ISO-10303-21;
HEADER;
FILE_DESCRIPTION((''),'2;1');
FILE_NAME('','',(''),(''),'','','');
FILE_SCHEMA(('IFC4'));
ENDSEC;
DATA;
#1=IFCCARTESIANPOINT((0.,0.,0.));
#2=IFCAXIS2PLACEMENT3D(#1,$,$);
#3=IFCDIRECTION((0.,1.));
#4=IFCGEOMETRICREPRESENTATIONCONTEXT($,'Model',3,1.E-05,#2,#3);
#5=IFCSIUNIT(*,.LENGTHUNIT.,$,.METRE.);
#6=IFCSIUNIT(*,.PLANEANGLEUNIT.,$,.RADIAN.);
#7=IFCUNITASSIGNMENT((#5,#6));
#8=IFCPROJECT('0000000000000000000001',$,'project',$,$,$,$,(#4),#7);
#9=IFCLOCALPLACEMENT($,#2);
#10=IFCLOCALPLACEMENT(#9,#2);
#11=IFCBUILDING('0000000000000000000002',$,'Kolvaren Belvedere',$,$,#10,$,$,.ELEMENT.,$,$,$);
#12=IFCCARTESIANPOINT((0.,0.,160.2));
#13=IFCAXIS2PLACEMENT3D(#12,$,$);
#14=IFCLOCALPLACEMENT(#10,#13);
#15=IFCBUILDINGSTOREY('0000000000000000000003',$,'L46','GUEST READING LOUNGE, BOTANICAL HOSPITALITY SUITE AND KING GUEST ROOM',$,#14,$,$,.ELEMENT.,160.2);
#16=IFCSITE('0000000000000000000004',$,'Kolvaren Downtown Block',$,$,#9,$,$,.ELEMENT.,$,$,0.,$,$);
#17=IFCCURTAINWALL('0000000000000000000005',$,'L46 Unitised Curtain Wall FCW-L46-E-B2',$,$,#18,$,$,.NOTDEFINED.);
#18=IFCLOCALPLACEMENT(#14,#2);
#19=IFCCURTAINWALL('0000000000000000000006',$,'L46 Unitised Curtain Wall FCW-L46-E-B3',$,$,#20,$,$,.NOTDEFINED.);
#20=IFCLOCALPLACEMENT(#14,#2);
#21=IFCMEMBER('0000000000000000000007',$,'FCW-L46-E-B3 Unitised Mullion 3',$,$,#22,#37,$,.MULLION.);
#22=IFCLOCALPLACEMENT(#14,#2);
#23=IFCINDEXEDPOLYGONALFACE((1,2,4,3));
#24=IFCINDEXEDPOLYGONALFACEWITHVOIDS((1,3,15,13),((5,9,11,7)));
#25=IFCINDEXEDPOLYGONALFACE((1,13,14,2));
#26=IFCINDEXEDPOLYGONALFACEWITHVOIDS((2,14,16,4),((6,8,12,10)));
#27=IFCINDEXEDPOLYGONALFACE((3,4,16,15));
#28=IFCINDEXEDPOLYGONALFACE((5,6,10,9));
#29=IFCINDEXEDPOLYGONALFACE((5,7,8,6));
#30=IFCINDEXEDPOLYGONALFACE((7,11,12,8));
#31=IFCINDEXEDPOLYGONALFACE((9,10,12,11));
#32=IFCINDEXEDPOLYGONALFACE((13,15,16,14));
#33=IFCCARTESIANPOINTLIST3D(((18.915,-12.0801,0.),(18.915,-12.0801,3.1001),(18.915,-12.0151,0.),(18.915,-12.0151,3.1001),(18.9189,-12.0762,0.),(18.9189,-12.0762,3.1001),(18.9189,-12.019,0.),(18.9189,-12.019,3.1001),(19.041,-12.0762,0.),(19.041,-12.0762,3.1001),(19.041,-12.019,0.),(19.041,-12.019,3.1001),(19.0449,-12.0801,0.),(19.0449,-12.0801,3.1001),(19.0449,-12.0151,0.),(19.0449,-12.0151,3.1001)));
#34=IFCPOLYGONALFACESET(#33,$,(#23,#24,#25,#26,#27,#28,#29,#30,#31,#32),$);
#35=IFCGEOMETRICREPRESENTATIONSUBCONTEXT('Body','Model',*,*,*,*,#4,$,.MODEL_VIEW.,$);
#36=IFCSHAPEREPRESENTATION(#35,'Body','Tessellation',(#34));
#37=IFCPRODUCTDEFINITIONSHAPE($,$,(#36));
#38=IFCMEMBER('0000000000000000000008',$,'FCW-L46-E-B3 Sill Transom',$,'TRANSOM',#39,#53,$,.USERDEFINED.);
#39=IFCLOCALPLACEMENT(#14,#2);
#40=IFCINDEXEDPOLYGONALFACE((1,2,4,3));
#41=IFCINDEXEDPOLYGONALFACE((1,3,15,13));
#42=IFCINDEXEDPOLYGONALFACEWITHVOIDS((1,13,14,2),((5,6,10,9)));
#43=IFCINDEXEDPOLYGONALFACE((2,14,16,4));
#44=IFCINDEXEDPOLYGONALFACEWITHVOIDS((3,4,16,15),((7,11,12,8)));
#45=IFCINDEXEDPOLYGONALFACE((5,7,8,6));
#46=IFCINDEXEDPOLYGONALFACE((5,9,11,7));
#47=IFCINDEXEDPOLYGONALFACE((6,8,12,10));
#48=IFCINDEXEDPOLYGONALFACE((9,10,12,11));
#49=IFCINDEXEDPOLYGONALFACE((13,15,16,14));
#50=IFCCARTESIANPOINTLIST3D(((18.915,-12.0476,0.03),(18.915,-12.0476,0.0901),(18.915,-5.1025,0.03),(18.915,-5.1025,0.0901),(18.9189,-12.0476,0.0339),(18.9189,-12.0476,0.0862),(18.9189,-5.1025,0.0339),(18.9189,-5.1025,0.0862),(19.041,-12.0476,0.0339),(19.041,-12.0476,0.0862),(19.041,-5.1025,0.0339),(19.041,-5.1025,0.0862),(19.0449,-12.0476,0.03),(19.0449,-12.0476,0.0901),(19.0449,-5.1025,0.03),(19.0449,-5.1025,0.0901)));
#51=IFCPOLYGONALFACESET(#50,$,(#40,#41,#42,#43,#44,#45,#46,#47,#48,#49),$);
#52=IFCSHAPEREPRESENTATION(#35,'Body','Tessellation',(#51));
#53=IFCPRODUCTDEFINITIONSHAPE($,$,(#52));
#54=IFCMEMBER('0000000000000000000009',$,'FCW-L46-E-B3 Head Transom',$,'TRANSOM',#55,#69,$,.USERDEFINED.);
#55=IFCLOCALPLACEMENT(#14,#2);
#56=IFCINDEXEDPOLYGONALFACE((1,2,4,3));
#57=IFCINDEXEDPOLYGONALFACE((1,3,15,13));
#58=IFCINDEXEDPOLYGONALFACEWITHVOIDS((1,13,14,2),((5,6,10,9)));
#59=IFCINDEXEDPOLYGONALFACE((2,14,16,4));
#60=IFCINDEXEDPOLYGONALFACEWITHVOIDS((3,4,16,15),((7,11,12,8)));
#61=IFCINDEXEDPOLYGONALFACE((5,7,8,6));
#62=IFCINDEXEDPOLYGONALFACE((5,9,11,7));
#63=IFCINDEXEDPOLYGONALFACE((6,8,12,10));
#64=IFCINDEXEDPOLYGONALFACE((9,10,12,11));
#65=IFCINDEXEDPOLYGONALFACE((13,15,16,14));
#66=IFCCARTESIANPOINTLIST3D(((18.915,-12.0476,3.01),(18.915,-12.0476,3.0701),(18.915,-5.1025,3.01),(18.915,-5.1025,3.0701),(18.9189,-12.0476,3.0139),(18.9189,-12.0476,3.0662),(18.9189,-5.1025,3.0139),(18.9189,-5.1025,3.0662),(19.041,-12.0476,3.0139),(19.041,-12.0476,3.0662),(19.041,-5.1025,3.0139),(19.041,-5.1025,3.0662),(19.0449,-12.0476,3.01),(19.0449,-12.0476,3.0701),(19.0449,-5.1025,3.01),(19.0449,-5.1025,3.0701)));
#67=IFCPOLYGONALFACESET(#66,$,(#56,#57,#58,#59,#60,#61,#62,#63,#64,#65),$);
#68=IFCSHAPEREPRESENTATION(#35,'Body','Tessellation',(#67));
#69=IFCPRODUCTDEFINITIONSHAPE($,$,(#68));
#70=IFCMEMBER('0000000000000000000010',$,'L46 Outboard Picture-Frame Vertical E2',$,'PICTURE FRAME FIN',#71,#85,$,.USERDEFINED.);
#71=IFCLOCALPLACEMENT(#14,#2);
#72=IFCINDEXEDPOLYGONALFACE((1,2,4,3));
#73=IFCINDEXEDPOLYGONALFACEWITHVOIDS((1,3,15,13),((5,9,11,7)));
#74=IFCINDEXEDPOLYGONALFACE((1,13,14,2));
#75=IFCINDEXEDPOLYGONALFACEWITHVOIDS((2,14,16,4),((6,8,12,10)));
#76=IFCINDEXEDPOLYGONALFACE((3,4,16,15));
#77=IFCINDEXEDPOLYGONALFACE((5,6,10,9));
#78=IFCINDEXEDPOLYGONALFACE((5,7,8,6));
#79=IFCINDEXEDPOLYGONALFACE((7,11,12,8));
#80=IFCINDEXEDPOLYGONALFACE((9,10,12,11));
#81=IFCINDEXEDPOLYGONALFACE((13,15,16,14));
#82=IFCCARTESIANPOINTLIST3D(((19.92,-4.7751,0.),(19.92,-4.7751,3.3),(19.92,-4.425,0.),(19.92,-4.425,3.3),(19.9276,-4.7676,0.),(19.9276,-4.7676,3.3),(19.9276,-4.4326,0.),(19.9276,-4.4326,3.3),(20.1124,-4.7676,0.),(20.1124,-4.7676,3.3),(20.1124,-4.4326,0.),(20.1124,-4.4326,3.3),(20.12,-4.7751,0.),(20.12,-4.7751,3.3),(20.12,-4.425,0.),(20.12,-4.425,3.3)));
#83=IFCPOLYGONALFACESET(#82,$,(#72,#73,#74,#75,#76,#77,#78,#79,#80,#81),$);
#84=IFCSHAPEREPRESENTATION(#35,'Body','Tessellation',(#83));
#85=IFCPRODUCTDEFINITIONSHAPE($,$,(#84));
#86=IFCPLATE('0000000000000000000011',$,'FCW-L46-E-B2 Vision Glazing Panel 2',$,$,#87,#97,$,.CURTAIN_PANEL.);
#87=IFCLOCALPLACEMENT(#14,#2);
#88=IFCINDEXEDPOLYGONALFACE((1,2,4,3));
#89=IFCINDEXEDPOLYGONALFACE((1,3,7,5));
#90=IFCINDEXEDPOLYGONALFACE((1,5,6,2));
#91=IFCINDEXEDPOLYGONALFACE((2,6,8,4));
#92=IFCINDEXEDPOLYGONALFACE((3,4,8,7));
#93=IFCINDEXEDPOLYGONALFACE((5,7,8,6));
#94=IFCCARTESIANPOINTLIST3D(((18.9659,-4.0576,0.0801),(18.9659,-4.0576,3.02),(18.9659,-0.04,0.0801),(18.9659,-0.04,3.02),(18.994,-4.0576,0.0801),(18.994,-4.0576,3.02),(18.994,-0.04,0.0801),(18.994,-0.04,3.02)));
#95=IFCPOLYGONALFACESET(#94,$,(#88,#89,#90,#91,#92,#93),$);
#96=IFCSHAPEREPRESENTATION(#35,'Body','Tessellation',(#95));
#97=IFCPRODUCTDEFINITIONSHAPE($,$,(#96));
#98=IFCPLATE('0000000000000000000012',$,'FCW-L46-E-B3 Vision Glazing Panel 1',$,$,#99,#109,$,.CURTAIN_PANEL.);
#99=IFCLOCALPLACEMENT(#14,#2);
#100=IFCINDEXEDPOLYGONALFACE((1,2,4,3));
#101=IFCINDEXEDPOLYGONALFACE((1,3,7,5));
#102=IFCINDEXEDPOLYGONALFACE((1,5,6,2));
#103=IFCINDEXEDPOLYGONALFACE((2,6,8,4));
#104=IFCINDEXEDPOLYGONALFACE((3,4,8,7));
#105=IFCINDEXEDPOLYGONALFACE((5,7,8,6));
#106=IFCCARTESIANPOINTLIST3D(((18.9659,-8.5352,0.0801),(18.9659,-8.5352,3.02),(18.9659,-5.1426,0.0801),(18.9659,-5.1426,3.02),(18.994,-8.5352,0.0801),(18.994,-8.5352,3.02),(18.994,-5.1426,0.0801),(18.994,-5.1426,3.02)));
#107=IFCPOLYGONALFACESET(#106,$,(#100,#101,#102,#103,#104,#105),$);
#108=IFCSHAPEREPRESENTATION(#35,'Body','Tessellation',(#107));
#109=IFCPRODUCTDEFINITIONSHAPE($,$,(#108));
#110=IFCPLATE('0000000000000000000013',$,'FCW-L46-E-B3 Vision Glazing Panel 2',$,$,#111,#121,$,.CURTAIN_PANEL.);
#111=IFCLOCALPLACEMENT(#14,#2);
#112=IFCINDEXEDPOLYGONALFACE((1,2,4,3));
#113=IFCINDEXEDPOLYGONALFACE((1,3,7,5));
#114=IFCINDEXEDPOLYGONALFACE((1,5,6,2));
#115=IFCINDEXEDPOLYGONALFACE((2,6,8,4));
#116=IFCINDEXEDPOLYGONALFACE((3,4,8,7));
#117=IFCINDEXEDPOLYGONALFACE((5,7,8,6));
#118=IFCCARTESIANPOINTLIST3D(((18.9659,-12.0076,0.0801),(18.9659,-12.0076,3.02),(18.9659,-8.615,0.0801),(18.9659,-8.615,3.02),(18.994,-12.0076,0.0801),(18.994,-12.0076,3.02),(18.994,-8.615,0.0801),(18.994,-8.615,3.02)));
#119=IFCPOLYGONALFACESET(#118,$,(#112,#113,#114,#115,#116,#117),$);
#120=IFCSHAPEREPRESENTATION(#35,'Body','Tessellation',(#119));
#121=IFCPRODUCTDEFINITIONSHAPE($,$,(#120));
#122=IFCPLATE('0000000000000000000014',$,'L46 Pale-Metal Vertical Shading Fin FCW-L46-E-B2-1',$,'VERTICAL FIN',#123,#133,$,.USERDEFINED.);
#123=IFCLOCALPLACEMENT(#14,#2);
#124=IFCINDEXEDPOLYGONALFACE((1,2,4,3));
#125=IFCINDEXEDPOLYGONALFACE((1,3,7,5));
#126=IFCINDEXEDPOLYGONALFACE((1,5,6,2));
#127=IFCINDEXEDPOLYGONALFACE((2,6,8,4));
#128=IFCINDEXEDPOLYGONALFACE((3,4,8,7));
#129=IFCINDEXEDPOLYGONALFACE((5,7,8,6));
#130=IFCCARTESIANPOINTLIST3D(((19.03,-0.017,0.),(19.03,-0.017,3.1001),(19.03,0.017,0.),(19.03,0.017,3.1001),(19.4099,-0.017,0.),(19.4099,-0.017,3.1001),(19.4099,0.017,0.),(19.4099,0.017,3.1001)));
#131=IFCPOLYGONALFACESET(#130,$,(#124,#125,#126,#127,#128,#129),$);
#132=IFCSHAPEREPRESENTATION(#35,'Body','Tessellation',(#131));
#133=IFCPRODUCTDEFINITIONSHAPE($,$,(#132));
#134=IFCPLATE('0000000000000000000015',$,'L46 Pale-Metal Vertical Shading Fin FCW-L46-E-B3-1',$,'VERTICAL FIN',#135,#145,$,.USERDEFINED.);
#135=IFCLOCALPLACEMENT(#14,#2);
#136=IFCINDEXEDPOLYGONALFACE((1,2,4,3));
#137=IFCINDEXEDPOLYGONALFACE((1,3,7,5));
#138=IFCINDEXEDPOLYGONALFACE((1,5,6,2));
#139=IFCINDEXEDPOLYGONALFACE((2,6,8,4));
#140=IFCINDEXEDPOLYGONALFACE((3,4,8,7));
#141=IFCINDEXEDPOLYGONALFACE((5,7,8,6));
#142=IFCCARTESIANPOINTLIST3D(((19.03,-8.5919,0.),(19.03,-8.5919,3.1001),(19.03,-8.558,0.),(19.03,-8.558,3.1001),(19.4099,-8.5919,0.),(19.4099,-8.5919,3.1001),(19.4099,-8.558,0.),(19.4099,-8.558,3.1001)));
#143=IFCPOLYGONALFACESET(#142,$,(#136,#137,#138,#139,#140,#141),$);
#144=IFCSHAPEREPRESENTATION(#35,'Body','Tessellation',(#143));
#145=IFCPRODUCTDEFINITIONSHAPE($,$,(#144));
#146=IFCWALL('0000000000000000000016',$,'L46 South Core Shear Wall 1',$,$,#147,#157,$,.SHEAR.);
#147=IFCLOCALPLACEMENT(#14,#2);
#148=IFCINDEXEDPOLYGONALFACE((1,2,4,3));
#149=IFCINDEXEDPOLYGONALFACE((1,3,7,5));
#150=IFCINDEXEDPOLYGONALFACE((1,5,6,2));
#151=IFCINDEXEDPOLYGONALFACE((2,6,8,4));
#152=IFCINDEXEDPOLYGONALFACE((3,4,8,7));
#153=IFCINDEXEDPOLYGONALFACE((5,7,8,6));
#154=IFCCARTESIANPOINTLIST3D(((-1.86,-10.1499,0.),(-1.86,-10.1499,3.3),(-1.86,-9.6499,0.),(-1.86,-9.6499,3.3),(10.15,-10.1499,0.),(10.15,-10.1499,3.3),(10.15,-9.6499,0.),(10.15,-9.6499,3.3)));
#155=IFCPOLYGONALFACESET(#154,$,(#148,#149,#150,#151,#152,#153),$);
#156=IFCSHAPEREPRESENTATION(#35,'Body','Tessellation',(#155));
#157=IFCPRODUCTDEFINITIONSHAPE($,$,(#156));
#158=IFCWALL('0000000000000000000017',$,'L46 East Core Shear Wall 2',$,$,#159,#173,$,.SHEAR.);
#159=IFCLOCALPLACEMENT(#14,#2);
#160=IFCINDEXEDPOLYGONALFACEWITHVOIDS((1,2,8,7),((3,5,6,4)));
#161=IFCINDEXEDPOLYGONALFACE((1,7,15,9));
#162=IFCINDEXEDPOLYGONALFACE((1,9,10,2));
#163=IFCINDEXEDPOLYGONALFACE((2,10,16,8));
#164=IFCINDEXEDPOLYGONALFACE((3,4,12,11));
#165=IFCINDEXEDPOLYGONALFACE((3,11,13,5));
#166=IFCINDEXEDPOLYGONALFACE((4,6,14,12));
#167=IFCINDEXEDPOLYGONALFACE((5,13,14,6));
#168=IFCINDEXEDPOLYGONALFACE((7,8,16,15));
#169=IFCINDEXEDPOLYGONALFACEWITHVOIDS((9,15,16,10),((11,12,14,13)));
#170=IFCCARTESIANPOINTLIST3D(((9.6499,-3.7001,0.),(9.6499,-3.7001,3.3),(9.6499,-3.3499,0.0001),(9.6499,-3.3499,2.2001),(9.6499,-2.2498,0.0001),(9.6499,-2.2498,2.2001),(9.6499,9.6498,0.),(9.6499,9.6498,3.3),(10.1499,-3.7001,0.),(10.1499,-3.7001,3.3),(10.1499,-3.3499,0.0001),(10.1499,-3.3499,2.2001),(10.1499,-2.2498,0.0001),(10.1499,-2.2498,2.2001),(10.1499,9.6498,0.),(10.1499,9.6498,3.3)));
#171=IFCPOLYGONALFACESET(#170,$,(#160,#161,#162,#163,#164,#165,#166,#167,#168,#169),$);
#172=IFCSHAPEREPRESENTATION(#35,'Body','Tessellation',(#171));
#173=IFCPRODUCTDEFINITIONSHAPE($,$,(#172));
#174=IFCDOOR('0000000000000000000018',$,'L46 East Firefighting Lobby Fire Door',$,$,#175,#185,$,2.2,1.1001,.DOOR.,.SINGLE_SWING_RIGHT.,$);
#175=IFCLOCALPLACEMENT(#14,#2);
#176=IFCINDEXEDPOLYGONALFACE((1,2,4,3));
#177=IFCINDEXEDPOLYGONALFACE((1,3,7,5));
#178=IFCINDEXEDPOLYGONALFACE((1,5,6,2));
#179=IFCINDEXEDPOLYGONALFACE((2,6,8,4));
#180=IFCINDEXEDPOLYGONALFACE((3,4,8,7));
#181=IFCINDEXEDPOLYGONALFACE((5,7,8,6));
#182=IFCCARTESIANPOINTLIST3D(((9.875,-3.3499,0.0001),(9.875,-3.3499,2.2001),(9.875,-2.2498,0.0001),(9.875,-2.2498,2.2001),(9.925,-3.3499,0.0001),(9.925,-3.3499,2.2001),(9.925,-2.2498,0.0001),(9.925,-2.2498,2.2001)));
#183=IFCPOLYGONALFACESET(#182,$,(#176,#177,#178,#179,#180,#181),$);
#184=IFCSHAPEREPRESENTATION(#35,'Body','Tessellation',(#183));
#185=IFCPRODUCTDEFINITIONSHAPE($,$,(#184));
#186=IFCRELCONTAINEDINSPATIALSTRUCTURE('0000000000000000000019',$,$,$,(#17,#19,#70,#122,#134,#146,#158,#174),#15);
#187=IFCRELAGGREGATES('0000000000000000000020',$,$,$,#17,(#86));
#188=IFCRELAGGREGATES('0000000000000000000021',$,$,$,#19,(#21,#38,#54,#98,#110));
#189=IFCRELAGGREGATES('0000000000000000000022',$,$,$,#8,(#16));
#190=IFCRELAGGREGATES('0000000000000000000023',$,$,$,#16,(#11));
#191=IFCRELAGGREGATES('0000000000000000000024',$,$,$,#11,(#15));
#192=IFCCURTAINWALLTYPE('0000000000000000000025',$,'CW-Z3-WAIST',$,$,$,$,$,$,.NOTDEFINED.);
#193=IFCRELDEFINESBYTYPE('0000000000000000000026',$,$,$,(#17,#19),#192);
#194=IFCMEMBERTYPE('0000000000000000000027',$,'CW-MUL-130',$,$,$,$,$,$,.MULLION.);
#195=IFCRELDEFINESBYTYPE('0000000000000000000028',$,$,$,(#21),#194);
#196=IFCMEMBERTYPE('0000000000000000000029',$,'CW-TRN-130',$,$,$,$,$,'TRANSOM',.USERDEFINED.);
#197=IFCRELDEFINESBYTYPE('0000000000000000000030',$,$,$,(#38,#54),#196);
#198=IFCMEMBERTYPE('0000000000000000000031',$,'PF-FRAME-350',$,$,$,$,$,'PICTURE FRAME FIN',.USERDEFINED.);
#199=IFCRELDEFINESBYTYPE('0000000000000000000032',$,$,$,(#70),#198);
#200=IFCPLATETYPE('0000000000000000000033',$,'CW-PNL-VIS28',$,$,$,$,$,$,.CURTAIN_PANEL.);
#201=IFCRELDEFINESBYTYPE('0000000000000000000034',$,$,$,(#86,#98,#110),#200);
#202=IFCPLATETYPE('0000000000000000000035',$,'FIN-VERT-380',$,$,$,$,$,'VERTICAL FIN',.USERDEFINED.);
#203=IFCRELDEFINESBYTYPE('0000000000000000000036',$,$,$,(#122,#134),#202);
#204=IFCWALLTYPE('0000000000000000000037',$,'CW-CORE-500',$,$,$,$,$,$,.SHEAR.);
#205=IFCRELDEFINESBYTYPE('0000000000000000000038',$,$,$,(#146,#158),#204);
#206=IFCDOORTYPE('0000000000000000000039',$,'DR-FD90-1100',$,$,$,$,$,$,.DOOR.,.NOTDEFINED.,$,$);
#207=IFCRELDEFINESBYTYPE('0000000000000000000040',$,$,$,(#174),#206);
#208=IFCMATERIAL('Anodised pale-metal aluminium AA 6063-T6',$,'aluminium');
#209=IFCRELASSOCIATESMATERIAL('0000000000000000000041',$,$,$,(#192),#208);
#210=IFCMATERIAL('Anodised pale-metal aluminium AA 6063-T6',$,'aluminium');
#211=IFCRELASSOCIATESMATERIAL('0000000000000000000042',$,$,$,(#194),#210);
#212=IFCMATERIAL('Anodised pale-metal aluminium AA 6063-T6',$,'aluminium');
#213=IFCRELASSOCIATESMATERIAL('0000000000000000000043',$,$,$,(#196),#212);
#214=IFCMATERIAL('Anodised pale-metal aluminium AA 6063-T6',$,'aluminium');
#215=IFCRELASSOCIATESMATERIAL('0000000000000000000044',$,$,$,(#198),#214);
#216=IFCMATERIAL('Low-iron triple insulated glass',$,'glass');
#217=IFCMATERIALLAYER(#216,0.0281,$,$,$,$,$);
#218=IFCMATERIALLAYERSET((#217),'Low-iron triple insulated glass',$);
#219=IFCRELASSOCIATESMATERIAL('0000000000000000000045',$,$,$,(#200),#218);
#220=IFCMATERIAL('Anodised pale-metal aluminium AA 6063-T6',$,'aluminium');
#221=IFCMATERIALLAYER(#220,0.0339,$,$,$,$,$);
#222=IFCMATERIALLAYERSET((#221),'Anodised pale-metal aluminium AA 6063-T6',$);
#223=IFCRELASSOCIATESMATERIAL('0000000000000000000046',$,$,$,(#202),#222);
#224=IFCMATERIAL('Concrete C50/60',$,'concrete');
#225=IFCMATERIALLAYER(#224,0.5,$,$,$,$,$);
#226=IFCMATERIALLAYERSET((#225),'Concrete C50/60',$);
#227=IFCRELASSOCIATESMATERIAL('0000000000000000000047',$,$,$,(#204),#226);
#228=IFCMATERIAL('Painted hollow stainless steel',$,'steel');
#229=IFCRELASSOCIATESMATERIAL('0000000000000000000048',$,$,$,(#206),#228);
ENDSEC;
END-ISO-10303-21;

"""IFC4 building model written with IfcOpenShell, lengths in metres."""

from ifc_helpers import new_model, si_unit, direction, frame, frame_2d, origin, origin_2d, place, context, subcontext, project, spatial, rectangle, hollow_rectangle, extrude, material, layer, layer_set, material_profile, profile_set, type_object, element, fill, aggregate, save


model = new_model("IFC4")

# Units and contexts
model_context = context("Model", 3, precision=1e-05, world=origin(), true_north=direction((0.0, 1.0)))
body_context = subcontext(model_context, "Body", "Model", "MODEL_VIEW")
ifc_project = project(units=[si_unit("LENGTHUNIT", "METRE"), si_unit("PLANEANGLEUNIT", "RADIAN")], contexts=[model_context])

# Site, building, storey
site_placement = place(None, origin())
site = spatial("IfcSite", under=ifc_project, at=site_placement, Name="Kolvaren Downtown Block", CompositionType="ELEMENT", RefElevation=0.0)
building_placement = place(site_placement, origin())
building = spatial("IfcBuilding", under=site, at=building_placement, Name="Kolvaren Belvedere", CompositionType="ELEMENT")
storey_placement = place(building_placement, frame((0.0, 0.0, 160.2)))
storey = spatial("IfcBuildingStorey", under=building, at=storey_placement, Name="L46", Description="GUEST READING LOUNGE, BOTANICAL HOSPITALITY SUITE AND KING GUEST ROOM", CompositionType="ELEMENT", Elevation=160.2)

# Curtain walls, members
ifc_material_1 = material(Name="Anodised pale-metal aluminium AA 6063-T6", Category="aluminium")
curtain_wall_type = type_object("IfcCurtainWallType", Name="CW-Z3-WAIST", PredefinedType="NOTDEFINED", material=ifc_material_1)
curtain_wall_1_placement = place(storey_placement, origin())
curtain_wall_1 = element("IfcCurtainWall", 1, at=curtain_wall_1_placement, inside=storey, type_object=curtain_wall_type, Name="L46 Unitised Curtain Wall FCW-L46-E-B2", PredefinedType="NOTDEFINED")
ifc_material_2 = material(Name="Anodised pale-metal aluminium AA 6063-T6", Category="aluminium")
ifc_material_profile_1 = material_profile(ifc_material_2, hollow_rectangle(XDim=0.0649, YDim=0.1299, WallThickness=0.0039, at=origin_2d()), Name="ALU-MUL-130X65")
ifc_profile_set_1 = profile_set([ifc_material_profile_1], Name="Anodised pale-metal aluminium AA 6063-T6")
member_type_1 = type_object("IfcMemberType", Name="CW-MUL-130", PredefinedType="MULLION", material=ifc_profile_set_1)
curtain_wall_2_placement = place(storey_placement, origin())
curtain_wall_2 = element("IfcCurtainWall", 2, at=curtain_wall_2_placement, inside=storey, type_object=curtain_wall_type, Name="L46 Unitised Curtain Wall FCW-L46-E-B3", PredefinedType="NOTDEFINED")
member_1_placement = place(storey_placement, frame((18.98, -12.0476, 0.0), z_axis=(0.0, 0.0, 1.0), x_axis=(0.0, 1.0, 0.0)))
member_1 = element("IfcMember", 3, at=member_1_placement, type_object=member_type_1, Name="FCW-L46-E-B3 Unitised Mullion 3", PredefinedType="MULLION", context=body_context, shape_type="SweptSolid", body=[
    extrude(hollow_rectangle(XDim=0.0649, YDim=0.1299, WallThickness=0.0039, at=origin_2d()), origin(), (0.0, 0.0, 1.0), 3.1001),
])
ifc_material_3 = material(Name="Anodised pale-metal aluminium AA 6063-T6", Category="aluminium")
ifc_material_profile_2 = material_profile(ifc_material_3, hollow_rectangle(XDim=0.0601, YDim=0.1299, WallThickness=0.0039, at=origin_2d()), Name="ALU-TRN-130X60")
ifc_profile_set_2 = profile_set([ifc_material_profile_2], Name="Anodised pale-metal aluminium AA 6063-T6")
member_type_2 = type_object("IfcMemberType", Name="CW-TRN-130", ElementType="TRANSOM", PredefinedType="USERDEFINED", material=ifc_profile_set_2)
member_2_placement = place(storey_placement, frame((18.98, -5.1025, 0.0601), z_axis=(0.0, -1.0, 0.0), x_axis=(0.0, 0.0, 1.0)))
member_2 = element("IfcMember", 4, at=member_2_placement, type_object=member_type_2, Name="FCW-L46-E-B3 Sill Transom", ObjectType="TRANSOM", PredefinedType="USERDEFINED", context=body_context, shape_type="SweptSolid", body=[
    extrude(hollow_rectangle(XDim=0.0601, YDim=0.1299, WallThickness=0.0039, at=origin_2d()), origin(), (0.0, 0.0, 1.0), 6.9451),
])
member_3_placement = place(storey_placement, frame((18.98, -5.1025, 3.04), z_axis=(0.0, -1.0, 0.0), x_axis=(0.0, 0.0, 1.0)))
member_3 = element("IfcMember", 5, at=member_3_placement, type_object=member_type_2, Name="FCW-L46-E-B3 Head Transom", ObjectType="TRANSOM", PredefinedType="USERDEFINED", context=body_context, shape_type="SweptSolid", body=[
    extrude(hollow_rectangle(XDim=0.0601, YDim=0.1299, WallThickness=0.0039, at=origin_2d()), origin(), (0.0, 0.0, 1.0), 6.9451),
])

# Member
ifc_material_4 = material(Name="Anodised pale-metal aluminium AA 6063-T6", Category="aluminium")
ifc_material_profile_3 = material_profile(ifc_material_4, hollow_rectangle(XDim=0.2, YDim=0.3501, WallThickness=0.0076, at=origin_2d()), Name="ALU-PF-350X200")
ifc_profile_set_3 = profile_set([ifc_material_profile_3], Name="Anodised pale-metal aluminium AA 6063-T6")
member_type_3 = type_object("IfcMemberType", Name="PF-FRAME-350", ElementType="PICTURE FRAME FIN", PredefinedType="USERDEFINED", material=ifc_profile_set_3)
member_4_placement = place(storey_placement, frame((20.02, -4.6001, 0.0), z_axis=(0.0, 0.0, 1.0), x_axis=(1.0, 0.0, 0.0)))
element("IfcMember", 6, at=member_4_placement, inside=storey, type_object=member_type_3, Name="L46 Outboard Picture-Frame Vertical E2", ObjectType="PICTURE FRAME FIN", PredefinedType="USERDEFINED", context=body_context, shape_type="SweptSolid", body=[
    extrude(hollow_rectangle(XDim=0.2, YDim=0.3501, WallThickness=0.0076, at=origin_2d()), origin(), (0.0, 0.0, 1.0), 3.3),
])

# Plates
ifc_material_5 = material(Name="Low-iron triple insulated glass", Category="glass")
ifc_layer_1 = layer(ifc_material_5, 0.0281)
ifc_layer_set_1 = layer_set([ifc_layer_1], Name="Low-iron triple insulated glass")
plate_type_1 = type_object("IfcPlateType", Name="CW-PNL-VIS28", PredefinedType="CURTAIN_PANEL", material=ifc_layer_set_1)
plate_1_placement = place(storey_placement, frame((18.98, -2.0488, 0.0801), z_axis=(0.0, 0.0, 1.0), x_axis=(0.0, -1.0, 0.0)))
plate_1 = element("IfcPlate", 7, at=plate_1_placement, type_object=plate_type_1, Name="FCW-L46-E-B2 Vision Glazing Panel 2", PredefinedType="CURTAIN_PANEL", context=body_context, shape_type="SweptSolid", body=[
    extrude(rectangle(XDim=4.0176, YDim=0.0281, at=origin_2d()), origin(), (0.0, 0.0, 1.0), 2.9399),
])
aggregate(curtain_wall_1, [plate_1])
plate_2_placement = place(storey_placement, frame((18.98, -6.8389, 0.0801), z_axis=(0.0, 0.0, 1.0), x_axis=(0.0, -1.0, 0.0)))
plate_2 = element("IfcPlate", 8, at=plate_2_placement, type_object=plate_type_1, Name="FCW-L46-E-B3 Vision Glazing Panel 1", PredefinedType="CURTAIN_PANEL", context=body_context, shape_type="SweptSolid", body=[
    extrude(rectangle(XDim=3.3926, YDim=0.0281, at=origin_2d()), origin(), (0.0, 0.0, 1.0), 2.9399),
])
plate_3_placement = place(storey_placement, frame((18.98, -10.3113, 0.0801), z_axis=(0.0, 0.0, 1.0), x_axis=(0.0, -1.0, 0.0)))
plate_3 = element("IfcPlate", 9, at=plate_3_placement, type_object=plate_type_1, Name="FCW-L46-E-B3 Vision Glazing Panel 2", PredefinedType="CURTAIN_PANEL", context=body_context, shape_type="SweptSolid", body=[
    extrude(rectangle(XDim=3.3926, YDim=0.0281, at=origin_2d()), origin(), (0.0, 0.0, 1.0), 2.9399),
])
aggregate(curtain_wall_2, [member_1, member_2, member_3, plate_2, plate_3])

# Plates
ifc_material_6 = material(Name="Anodised pale-metal aluminium AA 6063-T6", Category="aluminium")
ifc_layer_2 = layer(ifc_material_6, 0.0339)
ifc_layer_set_2 = layer_set([ifc_layer_2], Name="Anodised pale-metal aluminium AA 6063-T6")
plate_type_2 = type_object("IfcPlateType", Name="FIN-VERT-380", ElementType="VERTICAL FIN", PredefinedType="USERDEFINED", material=ifc_layer_set_2)
for number, where, z_axis, x_axis, name in (
    (10, (19.22, 0.0, 0.0), (0.0, 0.0, 1.0), (1.0, 0.0, 0.0), "L46 Pale-Metal Vertical Shading Fin FCW-L46-E-B2-1"),
    (11, (19.22, -8.575, 0.0), (0.0, 0.0, 1.0), (1.0, 0.0, 0.0), "L46 Pale-Metal Vertical Shading Fin FCW-L46-E-B3-1"),
):
    element("IfcPlate", number, at=place(storey_placement, frame(where, z_axis=z_axis, x_axis=x_axis)), inside=storey, type_object=plate_type_2, Name=name, ObjectType="VERTICAL FIN", PredefinedType="USERDEFINED", context=body_context, shape_type="SweptSolid", body=[
        extrude(rectangle(XDim=0.3799, YDim=0.0339, at=origin_2d()), origin(), (0.0, 0.0, 1.0), 3.1001),
    ])

# Wall
ifc_material_7 = material(Name="Concrete C50/60", Category="concrete")
ifc_layer_3 = layer(ifc_material_7, 0.5)
ifc_layer_set_3 = layer_set([ifc_layer_3], Name="Concrete C50/60")
wall_type_1 = type_object("IfcWallType", Name="CW-CORE-500", PredefinedType="SHEAR", material=ifc_layer_set_3)
wall_1_placement = place(storey_placement, frame((10.1499, -9.8999, 0.0), z_axis=(0.0, 0.0, 1.0), x_axis=(-1.0, 0.0, 0.0)))
element("IfcWall", 12, at=wall_1_placement, inside=storey, type_object=wall_type_1, Name="L46 South Core Shear Wall 1", PredefinedType="SHEAR", context=body_context, shape_type="SweptSolid", body=[
    extrude(rectangle(XDim=12.01, YDim=0.5, at=frame_2d((6.0049, 0.0))), origin(), (0.0, 0.0, 1.0), 3.3),
])

# Wall, opening, door
wall_2_placement = place(storey_placement, frame((9.8999, -3.7, 0.0), z_axis=(0.0, 0.0, 1.0), x_axis=(0.0, 1.0, 0.0)))
wall_2 = element("IfcWall", 13, at=wall_2_placement, inside=storey, type_object=wall_type_1, Name="L46 East Core Shear Wall 2", PredefinedType="SHEAR", context=body_context, shape_type="SweptSolid", body=[
    extrude(rectangle(XDim=13.3499, YDim=0.5, at=frame_2d((6.6748, 0.0))), origin(), (0.0, 0.0, 1.0), 3.3),
])
opening_placement = place(wall_2_placement, frame((0.3501, 0.0, 0.0)))
opening = element("IfcOpeningElement", 14, at=opening_placement, cuts=wall_2, PredefinedType="OPENING", context=body_context, shape_type="SweptSolid", body=[
    extrude(rectangle(XDim=1.1001, YDim=2.2, at=frame_2d((0.55, 1.1001))), frame((0.0, 0.26, 0.0), z_axis=(0.0, -1.0, 0.0), x_axis=(1.0, 0.0, 0.0)), (0.0, 0.0, 1.0), 0.52),
])
ifc_material_8 = material(Name="Painted hollow stainless steel", Category="steel")
door_type = type_object("IfcDoorType", Name="DR-FD90-1100", OperationType="NOTDEFINED", PredefinedType="DOOR", material=ifc_material_8)
door_placement = place(opening_placement, origin())
door = element("IfcDoor", 15, at=door_placement, inside=storey, type_object=door_type, Name="L46 East Firefighting Lobby Fire Door", OperationType="SINGLE_SWING_RIGHT", OverallHeight=2.2, OverallWidth=1.1001, PredefinedType="DOOR", context=body_context, shape_type="SweptSolid", body=[
    extrude(rectangle(XDim=1.1001, YDim=2.2, at=frame_2d((0.55, 1.1001))), frame((0.0, 0.0249, 0.0), z_axis=(0.0, -1.0, 0.0), x_axis=(1.0, 0.0, 0.0)), (0.0, 0.0, 1.0), 0.05),
])
fill(opening, door)

save(model, "model.ifc")
